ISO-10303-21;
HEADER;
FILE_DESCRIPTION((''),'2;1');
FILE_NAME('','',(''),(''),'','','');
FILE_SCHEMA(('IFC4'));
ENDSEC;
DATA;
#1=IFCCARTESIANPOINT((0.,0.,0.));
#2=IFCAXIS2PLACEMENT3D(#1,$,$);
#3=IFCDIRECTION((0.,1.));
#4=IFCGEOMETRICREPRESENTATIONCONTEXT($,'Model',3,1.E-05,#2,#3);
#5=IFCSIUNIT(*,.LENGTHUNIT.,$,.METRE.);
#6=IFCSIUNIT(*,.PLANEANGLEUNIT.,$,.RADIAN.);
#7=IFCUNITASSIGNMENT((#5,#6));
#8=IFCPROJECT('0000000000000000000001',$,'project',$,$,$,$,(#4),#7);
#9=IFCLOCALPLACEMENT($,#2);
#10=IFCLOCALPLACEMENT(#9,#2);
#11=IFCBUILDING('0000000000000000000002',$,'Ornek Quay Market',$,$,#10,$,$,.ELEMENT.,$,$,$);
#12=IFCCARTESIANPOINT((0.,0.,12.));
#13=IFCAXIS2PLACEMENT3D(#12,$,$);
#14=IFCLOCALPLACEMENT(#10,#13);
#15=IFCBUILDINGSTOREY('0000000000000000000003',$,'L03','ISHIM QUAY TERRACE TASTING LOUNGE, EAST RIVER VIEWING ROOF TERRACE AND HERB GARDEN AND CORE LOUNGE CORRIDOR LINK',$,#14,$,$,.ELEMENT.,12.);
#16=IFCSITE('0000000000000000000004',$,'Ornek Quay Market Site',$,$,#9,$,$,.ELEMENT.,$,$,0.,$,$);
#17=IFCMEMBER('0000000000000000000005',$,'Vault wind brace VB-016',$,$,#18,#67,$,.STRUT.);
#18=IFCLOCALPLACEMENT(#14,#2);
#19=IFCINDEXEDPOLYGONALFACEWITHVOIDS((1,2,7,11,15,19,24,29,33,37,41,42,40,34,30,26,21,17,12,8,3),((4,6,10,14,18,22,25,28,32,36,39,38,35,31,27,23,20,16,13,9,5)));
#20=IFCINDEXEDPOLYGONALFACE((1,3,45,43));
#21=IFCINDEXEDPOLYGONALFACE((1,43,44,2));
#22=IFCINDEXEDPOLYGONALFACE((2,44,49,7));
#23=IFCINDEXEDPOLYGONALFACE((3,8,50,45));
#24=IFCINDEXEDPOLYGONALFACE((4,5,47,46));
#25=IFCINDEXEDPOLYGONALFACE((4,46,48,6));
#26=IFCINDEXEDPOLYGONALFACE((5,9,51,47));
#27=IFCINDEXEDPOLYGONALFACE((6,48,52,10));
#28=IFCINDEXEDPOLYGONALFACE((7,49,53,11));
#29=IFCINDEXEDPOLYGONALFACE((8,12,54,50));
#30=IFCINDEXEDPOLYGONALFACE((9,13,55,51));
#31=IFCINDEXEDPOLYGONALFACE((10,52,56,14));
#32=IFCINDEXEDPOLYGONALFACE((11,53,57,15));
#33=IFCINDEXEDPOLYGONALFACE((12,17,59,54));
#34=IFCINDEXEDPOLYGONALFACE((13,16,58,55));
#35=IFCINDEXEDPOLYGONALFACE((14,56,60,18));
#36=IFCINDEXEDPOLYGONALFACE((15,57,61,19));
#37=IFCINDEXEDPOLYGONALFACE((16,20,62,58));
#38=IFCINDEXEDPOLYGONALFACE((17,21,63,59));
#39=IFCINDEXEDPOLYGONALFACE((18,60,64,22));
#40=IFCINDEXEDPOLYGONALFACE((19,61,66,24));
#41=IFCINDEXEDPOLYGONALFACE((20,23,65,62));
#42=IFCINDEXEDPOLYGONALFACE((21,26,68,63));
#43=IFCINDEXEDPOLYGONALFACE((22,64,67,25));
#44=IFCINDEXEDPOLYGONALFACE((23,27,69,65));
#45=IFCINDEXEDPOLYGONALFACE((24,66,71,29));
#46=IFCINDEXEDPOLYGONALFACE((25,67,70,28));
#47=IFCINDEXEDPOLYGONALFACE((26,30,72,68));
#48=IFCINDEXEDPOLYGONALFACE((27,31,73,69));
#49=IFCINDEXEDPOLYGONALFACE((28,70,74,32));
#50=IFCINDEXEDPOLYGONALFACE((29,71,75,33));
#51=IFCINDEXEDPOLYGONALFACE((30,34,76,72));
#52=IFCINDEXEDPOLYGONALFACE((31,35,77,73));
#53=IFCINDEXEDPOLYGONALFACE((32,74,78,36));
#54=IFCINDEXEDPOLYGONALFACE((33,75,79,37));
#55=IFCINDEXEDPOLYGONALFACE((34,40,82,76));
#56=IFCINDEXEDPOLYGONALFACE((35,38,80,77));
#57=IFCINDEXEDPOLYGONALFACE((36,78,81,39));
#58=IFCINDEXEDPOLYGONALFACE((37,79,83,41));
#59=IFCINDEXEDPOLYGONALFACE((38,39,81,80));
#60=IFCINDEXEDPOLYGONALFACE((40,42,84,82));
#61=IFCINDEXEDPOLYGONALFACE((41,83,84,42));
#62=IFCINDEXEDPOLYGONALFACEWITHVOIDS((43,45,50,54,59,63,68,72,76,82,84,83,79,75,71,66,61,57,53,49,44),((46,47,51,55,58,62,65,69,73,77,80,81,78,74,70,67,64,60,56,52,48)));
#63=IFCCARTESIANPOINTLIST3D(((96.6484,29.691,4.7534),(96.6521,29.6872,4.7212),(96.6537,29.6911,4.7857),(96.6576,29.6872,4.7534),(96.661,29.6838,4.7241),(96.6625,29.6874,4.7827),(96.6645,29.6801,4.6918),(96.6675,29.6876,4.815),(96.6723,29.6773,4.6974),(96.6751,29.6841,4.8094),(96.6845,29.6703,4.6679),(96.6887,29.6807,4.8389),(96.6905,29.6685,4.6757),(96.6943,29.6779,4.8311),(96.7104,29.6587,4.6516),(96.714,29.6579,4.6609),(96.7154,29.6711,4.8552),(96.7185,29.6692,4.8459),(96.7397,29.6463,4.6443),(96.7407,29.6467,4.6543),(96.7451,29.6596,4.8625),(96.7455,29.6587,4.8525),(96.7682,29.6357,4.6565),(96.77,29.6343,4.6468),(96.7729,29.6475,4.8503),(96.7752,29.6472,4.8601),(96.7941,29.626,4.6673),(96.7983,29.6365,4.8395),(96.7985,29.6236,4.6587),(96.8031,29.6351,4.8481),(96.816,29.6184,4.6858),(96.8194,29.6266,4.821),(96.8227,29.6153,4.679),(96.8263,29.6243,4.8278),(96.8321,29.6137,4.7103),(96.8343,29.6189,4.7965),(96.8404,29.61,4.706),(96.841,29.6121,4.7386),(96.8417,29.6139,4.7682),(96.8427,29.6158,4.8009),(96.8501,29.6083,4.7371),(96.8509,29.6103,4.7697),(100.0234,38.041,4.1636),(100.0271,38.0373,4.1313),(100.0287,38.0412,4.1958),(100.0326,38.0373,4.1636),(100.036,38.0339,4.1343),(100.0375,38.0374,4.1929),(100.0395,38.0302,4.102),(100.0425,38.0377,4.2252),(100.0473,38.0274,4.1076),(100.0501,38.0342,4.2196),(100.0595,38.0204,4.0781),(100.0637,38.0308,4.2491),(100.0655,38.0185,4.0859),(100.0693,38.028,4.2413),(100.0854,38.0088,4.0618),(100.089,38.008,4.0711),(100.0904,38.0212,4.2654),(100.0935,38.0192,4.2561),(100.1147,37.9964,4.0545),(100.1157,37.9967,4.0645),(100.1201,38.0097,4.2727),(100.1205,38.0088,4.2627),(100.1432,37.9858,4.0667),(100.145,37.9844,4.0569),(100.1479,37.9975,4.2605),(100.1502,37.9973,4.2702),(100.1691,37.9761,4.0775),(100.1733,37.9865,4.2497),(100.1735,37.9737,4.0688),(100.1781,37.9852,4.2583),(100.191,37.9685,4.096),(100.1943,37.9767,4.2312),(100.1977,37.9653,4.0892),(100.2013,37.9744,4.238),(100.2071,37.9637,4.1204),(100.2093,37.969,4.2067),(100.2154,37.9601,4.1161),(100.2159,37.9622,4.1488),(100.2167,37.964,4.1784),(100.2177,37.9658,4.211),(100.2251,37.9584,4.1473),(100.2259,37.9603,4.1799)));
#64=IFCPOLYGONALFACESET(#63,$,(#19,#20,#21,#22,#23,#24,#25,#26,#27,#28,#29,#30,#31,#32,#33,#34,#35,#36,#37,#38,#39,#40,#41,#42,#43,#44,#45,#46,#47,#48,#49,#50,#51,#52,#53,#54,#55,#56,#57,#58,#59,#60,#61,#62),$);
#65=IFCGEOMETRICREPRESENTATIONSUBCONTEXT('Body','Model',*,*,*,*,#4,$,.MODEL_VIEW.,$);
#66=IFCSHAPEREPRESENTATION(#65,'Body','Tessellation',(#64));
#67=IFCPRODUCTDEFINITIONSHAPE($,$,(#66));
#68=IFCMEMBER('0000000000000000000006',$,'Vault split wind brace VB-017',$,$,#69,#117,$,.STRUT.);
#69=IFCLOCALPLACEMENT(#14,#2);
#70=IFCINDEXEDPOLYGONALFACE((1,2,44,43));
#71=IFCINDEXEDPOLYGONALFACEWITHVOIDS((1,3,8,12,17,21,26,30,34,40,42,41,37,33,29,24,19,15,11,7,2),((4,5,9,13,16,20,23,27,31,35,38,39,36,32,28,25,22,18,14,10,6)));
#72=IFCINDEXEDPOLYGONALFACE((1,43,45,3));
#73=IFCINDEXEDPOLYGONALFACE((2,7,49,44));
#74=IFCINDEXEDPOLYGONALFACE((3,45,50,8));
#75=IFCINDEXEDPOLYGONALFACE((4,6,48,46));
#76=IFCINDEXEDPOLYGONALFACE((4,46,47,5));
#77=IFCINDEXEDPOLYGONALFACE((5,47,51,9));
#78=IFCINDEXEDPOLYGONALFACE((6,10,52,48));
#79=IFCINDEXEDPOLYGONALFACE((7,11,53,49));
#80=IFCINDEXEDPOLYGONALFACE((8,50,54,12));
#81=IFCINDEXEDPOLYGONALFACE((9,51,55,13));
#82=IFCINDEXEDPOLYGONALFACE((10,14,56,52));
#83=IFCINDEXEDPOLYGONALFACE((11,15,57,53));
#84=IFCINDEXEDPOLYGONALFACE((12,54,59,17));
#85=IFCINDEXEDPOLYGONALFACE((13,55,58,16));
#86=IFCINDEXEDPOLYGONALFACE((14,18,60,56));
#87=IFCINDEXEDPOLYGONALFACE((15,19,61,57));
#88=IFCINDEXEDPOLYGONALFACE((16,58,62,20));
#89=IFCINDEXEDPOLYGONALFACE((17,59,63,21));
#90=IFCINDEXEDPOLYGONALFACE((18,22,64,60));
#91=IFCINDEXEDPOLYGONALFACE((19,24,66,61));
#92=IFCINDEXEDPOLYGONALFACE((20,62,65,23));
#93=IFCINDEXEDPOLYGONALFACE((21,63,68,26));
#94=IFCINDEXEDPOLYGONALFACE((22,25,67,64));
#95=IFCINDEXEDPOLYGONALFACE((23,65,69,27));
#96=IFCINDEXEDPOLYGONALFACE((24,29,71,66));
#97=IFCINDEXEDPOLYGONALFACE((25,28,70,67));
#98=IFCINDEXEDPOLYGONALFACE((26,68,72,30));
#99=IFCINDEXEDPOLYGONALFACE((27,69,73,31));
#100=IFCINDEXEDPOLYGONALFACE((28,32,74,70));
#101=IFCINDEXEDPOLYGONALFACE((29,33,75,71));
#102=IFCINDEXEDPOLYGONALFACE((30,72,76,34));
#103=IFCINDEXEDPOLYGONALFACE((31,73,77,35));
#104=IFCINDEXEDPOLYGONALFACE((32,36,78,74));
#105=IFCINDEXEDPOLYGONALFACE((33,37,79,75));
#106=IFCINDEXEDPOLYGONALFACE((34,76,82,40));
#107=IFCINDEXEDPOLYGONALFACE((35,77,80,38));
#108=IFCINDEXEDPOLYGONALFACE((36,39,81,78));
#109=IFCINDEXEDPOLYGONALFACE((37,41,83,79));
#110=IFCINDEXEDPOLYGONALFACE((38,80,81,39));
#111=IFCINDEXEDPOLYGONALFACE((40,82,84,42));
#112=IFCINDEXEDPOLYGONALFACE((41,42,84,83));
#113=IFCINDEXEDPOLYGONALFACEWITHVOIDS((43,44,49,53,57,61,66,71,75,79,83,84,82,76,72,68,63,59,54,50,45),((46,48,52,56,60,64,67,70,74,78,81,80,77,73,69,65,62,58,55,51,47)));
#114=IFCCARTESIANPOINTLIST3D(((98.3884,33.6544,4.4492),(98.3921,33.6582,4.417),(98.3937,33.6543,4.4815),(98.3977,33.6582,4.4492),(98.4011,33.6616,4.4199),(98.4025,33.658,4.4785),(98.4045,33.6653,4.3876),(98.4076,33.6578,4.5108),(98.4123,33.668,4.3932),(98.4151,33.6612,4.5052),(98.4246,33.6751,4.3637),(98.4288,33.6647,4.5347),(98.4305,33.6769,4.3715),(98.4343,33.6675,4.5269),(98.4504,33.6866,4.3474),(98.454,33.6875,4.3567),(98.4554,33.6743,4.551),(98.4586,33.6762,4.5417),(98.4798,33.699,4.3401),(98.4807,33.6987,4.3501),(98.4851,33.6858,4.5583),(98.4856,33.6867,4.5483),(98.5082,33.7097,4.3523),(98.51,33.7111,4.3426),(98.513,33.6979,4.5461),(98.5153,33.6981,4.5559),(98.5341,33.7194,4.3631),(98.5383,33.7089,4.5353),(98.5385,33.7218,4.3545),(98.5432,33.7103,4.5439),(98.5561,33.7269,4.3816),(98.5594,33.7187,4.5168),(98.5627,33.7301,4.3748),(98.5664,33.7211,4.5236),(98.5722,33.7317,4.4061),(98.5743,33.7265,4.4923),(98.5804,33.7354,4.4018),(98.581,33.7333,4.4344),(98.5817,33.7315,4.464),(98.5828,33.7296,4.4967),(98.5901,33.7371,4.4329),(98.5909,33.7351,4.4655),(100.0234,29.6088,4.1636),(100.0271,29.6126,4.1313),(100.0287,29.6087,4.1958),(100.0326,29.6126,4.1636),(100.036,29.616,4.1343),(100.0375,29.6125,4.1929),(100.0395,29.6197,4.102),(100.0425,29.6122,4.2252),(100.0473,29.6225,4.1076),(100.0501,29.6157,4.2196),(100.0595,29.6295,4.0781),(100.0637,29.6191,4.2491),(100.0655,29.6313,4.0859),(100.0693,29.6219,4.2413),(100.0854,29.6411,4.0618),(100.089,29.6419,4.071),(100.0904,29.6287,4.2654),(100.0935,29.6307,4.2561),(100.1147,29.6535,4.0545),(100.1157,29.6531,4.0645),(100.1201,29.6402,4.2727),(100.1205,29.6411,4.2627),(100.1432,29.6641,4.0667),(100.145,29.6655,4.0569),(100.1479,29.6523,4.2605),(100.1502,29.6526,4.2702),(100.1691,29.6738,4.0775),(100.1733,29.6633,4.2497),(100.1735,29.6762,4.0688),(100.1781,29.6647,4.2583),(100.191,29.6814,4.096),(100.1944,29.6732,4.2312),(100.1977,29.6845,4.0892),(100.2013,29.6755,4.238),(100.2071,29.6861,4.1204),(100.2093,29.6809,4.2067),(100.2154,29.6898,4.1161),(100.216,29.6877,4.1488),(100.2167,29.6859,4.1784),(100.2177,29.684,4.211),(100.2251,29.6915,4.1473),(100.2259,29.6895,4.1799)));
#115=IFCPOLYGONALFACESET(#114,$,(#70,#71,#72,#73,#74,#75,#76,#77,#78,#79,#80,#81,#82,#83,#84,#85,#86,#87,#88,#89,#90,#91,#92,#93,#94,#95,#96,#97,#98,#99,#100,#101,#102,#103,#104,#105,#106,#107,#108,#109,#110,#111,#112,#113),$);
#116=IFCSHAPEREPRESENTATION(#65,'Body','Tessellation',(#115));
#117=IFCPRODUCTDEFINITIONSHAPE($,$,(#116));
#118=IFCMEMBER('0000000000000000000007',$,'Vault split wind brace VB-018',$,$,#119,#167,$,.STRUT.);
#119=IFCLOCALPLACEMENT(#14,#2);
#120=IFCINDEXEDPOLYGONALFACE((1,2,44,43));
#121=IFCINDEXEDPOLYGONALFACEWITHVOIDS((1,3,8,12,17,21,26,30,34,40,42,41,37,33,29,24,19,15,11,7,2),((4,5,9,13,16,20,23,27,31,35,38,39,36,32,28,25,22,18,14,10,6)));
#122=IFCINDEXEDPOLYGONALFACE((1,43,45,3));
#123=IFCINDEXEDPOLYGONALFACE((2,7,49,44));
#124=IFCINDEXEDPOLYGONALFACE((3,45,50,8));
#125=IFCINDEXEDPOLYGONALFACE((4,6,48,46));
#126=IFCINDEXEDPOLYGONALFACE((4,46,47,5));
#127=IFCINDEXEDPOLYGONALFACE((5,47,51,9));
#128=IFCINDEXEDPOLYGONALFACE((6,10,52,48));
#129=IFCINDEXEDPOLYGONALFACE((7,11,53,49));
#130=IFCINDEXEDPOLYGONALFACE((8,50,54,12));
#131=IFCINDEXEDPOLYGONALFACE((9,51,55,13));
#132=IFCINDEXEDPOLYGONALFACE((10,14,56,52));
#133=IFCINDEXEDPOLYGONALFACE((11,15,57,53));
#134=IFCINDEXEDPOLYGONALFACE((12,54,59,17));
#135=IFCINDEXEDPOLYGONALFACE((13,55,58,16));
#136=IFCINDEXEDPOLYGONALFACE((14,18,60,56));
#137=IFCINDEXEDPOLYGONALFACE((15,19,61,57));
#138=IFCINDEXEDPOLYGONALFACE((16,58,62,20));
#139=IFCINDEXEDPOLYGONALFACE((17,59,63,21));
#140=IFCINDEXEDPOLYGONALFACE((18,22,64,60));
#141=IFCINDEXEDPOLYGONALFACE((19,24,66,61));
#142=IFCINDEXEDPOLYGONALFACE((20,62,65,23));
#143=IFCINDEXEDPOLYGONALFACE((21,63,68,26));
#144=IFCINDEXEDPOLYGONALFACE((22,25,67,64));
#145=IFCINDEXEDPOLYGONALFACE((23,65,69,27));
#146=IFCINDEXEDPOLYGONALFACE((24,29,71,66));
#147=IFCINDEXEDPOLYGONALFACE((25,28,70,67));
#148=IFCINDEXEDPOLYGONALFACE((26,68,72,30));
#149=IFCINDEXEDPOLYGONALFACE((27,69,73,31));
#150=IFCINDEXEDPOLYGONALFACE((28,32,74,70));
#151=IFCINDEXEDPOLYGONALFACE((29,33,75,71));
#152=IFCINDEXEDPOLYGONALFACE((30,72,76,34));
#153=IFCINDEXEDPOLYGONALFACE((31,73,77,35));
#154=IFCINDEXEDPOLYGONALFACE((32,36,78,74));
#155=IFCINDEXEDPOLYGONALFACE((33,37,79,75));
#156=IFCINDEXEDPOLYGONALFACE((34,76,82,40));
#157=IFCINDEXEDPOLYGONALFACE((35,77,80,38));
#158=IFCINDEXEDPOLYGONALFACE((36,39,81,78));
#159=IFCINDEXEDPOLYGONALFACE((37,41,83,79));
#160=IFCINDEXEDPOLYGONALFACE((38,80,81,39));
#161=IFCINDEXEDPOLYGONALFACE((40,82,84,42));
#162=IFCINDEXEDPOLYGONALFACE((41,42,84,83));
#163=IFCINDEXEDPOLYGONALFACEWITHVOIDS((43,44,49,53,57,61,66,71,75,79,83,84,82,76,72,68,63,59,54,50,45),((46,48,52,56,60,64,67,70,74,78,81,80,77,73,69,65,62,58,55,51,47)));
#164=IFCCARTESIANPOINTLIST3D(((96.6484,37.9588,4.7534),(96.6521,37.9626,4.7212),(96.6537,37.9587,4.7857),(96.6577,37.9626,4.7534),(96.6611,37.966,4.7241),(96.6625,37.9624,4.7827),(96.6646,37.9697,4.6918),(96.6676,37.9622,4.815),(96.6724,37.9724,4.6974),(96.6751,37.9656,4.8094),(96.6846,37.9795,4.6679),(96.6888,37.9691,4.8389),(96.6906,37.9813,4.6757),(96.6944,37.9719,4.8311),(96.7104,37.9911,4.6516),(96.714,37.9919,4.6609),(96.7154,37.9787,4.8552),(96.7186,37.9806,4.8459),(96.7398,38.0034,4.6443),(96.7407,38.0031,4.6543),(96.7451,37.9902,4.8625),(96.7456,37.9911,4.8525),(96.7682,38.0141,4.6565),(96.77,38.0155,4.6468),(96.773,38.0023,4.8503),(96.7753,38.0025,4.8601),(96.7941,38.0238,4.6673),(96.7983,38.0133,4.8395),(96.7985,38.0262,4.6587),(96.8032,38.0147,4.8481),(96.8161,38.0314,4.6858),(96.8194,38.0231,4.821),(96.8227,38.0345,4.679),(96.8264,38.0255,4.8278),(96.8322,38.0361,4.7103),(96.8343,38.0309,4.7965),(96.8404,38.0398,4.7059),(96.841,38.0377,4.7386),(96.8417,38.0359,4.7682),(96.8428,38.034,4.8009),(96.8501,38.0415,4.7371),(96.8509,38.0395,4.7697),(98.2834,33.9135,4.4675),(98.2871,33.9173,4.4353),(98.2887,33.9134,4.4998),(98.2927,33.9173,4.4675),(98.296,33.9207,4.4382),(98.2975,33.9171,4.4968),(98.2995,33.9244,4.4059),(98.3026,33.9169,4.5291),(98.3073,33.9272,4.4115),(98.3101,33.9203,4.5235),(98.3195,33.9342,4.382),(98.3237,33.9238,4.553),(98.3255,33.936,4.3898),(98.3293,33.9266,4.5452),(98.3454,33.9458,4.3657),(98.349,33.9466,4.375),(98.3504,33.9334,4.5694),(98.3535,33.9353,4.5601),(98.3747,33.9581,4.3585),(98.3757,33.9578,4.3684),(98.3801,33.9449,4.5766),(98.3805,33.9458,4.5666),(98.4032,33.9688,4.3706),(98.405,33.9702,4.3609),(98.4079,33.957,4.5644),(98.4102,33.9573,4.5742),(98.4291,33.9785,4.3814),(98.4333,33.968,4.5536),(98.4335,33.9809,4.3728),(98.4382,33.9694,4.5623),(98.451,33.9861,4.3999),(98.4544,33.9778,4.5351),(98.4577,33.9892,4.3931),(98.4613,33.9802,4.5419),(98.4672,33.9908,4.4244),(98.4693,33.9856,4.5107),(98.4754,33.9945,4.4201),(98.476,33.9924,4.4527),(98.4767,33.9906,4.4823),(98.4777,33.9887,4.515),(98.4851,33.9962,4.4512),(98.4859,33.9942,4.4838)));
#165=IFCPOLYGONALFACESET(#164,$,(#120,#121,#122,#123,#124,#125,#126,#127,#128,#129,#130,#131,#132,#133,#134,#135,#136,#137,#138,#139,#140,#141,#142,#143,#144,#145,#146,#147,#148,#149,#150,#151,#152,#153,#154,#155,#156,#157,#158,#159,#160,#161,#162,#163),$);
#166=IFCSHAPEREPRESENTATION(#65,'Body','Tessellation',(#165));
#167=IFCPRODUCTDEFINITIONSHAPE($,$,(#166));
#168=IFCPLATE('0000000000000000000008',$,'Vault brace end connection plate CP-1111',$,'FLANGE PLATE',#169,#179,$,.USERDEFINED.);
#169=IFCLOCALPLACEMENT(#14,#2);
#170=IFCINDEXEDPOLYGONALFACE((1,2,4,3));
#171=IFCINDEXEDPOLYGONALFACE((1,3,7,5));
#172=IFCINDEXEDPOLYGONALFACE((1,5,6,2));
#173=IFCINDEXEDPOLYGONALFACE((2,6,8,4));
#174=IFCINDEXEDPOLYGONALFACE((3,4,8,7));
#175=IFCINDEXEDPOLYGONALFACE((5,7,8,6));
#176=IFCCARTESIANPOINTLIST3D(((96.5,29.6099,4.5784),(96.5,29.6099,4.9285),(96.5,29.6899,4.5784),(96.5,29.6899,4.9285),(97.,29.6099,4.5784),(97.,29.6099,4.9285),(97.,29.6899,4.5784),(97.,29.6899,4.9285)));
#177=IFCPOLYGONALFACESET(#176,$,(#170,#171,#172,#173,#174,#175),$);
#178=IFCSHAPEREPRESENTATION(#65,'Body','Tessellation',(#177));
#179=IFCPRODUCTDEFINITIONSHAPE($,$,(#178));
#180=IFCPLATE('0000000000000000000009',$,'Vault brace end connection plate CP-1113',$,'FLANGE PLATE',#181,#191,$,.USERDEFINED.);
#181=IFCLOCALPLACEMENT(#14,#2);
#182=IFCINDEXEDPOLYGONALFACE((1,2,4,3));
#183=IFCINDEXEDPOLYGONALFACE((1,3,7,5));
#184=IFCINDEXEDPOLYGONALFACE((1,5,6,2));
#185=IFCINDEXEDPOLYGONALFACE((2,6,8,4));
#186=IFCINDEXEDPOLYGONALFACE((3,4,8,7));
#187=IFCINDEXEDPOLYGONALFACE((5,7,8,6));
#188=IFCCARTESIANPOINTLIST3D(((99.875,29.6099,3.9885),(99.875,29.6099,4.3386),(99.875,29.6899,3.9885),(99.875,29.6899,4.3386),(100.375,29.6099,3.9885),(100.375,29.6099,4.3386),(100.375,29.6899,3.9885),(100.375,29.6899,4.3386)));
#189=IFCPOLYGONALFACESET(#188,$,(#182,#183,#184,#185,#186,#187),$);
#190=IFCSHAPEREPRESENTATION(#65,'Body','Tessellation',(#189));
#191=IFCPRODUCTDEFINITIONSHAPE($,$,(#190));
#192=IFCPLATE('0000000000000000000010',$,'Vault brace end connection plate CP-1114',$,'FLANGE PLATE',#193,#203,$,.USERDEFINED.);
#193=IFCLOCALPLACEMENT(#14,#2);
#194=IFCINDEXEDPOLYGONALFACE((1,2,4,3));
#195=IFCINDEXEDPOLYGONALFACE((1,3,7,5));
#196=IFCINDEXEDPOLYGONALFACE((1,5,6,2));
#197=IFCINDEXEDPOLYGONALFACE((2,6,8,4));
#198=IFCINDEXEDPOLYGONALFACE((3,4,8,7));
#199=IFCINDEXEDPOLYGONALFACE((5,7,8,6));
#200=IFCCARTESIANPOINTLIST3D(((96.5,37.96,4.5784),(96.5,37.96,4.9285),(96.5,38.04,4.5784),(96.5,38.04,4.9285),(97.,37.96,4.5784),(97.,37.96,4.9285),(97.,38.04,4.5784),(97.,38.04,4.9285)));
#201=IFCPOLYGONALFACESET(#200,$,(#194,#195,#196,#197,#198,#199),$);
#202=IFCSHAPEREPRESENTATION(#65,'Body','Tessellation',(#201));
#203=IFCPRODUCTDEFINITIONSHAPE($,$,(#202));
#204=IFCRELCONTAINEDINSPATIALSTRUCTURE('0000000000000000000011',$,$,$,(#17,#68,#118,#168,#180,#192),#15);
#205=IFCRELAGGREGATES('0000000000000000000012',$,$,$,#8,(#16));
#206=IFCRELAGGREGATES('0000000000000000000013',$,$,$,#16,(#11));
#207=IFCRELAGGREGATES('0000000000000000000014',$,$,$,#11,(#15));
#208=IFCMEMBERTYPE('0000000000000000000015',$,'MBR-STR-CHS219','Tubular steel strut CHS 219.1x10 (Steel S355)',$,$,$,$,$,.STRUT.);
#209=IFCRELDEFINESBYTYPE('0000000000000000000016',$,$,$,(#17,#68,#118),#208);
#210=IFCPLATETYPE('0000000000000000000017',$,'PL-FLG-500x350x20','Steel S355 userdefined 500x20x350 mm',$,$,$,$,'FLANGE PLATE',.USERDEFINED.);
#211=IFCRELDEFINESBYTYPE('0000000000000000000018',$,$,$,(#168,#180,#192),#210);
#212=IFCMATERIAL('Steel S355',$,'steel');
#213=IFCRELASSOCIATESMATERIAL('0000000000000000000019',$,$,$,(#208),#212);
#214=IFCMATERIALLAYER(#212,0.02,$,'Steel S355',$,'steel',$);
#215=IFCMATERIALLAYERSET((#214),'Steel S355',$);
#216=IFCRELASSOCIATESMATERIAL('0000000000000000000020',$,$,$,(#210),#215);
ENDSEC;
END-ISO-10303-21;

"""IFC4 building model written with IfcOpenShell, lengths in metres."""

from ifc_helpers import new_model, si_unit, direction, frame, origin, origin_2d, place, context, subcontext, project, spatial, rectangle, hollow_circle, extrude, material, layer, layer_set, material_profile, profile_set, type_object, element, save


model = new_model("IFC4")

# Units and contexts
model_context = context("Model", 3, precision=1e-05, world=origin(), true_north=direction((0.0, 1.0)))
body_context = subcontext(model_context, "Body", "Model", "MODEL_VIEW")
ifc_project = project(units=[si_unit("LENGTHUNIT", "METRE"), si_unit("PLANEANGLEUNIT", "RADIAN")], contexts=[model_context])

# Site, building, storey
site_placement = place(None, origin())
site = spatial("IfcSite", under=ifc_project, at=site_placement, Name="Ornek Quay Market Site", CompositionType="ELEMENT", RefElevation=0.0)
building_placement = place(site_placement, origin())
building = spatial("IfcBuilding", under=site, at=building_placement, Name="Ornek Quay Market", CompositionType="ELEMENT")
storey_placement = place(building_placement, frame((0.0, 0.0, 12.0)))
storey = spatial("IfcBuildingStorey", under=building, at=storey_placement, Name="L03", Description="ISHIM QUAY TERRACE TASTING LOUNGE, EAST RIVER VIEWING ROOF TERRACE AND HERB GARDEN AND CORE LOUNGE CORRIDOR LINK", CompositionType="ELEMENT", Elevation=12.0)

# Shared definitions
ifc_material_1 = material(Name="Steel S355", Category="steel")

# Members
ifc_material_profile_1 = material_profile(ifc_material_1, hollow_circle(Radius=0.1096, WallThickness=0.01, at=origin_2d()), Name="CHS 219.1x10", Category="steel")
ifc_profile_set_1 = profile_set([ifc_material_profile_1], Name="Steel S355")
member_type_1 = type_object("IfcMemberType", Name="MBR-STR-CHS219", Description="Tubular steel strut CHS 219.1x10 (Steel S355)", PredefinedType="STRUT", material=ifc_profile_set_1)
member_1_placement = place(storey_placement, frame((96.75, 29.6499, 4.7534), z_axis=(0.373934, 0.92515, -0.065352), x_axis=(-0.927132, 0.374735, 0.0)))
element("IfcMember", 1, at=member_1_placement, inside=storey, type_object=member_type_1, Name="Vault wind brace VB-016", PredefinedType="STRUT", context=body_context, shape_type="SweptSolid", body=[
    extrude(hollow_circle(Radius=0.1096, WallThickness=0.01, at=origin_2d()), origin(), (0.0, 0.0, 1.0), 9.0256),
])
member_2_placement = place(storey_placement, frame((100.125, 29.6499, 4.1636), z_axis=(-0.373897, 0.925167, 0.065322), x_axis=(-0.927147, -0.374697, 0.0)))
element("IfcMember", 2, at=member_2_placement, inside=storey, type_object=member_type_1, Name="Vault split wind brace VB-017", PredefinedType="STRUT", context=body_context, shape_type="SweptSolid", body=[
    extrude(hollow_circle(Radius=0.1096, WallThickness=0.01, at=origin_2d()), origin(), (0.0, 0.0, 1.0), 4.3728),
])
member_3_placement = place(storey_placement, frame((98.385, 33.9546, 4.4675), z_axis=(-0.373915, 0.925156, 0.065381), x_axis=(-0.927139, -0.374717, 0.0)))
element("IfcMember", 3, at=member_3_placement, inside=storey, type_object=member_type_1, Name="Vault split wind brace VB-018", PredefinedType="STRUT", context=body_context, shape_type="SweptSolid", body=[
    extrude(hollow_circle(Radius=0.1096, WallThickness=0.01, at=origin_2d()), origin(), (0.0, 0.0, 1.0), 4.3726),
])

# Plates
ifc_layer_1 = layer(ifc_material_1, 0.02, Name="Steel S355", Category="steel")
ifc_layer_set_1 = layer_set([ifc_layer_1], Name="Steel S355")
plate_type_1 = type_object("IfcPlateType", Name="PL-FLG-500x350x20", Description="Steel S355 userdefined 500x20x350 mm", ElementType="FLANGE PLATE", PredefinedType="USERDEFINED", material=ifc_layer_set_1)
for number, where, z_axis, x_axis, name in (
    (4, (96.75, 29.6499, 4.5784), (0.0, 0.0, 1.0), (1.0, 0.0, 0.0), "Vault brace end connection plate CP-1111"),
    (5, (100.125, 29.6499, 3.9885), (0.0, 0.0, 1.0), (1.0, 0.0, 0.0), "Vault brace end connection plate CP-1113"),
    (6, (96.75, 38.0, 4.5784), (0.0, 0.0, 1.0), (1.0, 0.0, 0.0), "Vault brace end connection plate CP-1114"),
):
    element("IfcPlate", number, at=place(storey_placement, frame(where, z_axis=z_axis, x_axis=x_axis)), inside=storey, type_object=plate_type_1, Name=name, ObjectType="FLANGE PLATE", PredefinedType="USERDEFINED", context=body_context, shape_type="SweptSolid", body=[
        extrude(rectangle(XDim=0.5, YDim=0.0801, at=origin_2d()), origin(), (0.0, 0.0, 1.0), 0.3501),
    ])

save(model, "model.ifc")
